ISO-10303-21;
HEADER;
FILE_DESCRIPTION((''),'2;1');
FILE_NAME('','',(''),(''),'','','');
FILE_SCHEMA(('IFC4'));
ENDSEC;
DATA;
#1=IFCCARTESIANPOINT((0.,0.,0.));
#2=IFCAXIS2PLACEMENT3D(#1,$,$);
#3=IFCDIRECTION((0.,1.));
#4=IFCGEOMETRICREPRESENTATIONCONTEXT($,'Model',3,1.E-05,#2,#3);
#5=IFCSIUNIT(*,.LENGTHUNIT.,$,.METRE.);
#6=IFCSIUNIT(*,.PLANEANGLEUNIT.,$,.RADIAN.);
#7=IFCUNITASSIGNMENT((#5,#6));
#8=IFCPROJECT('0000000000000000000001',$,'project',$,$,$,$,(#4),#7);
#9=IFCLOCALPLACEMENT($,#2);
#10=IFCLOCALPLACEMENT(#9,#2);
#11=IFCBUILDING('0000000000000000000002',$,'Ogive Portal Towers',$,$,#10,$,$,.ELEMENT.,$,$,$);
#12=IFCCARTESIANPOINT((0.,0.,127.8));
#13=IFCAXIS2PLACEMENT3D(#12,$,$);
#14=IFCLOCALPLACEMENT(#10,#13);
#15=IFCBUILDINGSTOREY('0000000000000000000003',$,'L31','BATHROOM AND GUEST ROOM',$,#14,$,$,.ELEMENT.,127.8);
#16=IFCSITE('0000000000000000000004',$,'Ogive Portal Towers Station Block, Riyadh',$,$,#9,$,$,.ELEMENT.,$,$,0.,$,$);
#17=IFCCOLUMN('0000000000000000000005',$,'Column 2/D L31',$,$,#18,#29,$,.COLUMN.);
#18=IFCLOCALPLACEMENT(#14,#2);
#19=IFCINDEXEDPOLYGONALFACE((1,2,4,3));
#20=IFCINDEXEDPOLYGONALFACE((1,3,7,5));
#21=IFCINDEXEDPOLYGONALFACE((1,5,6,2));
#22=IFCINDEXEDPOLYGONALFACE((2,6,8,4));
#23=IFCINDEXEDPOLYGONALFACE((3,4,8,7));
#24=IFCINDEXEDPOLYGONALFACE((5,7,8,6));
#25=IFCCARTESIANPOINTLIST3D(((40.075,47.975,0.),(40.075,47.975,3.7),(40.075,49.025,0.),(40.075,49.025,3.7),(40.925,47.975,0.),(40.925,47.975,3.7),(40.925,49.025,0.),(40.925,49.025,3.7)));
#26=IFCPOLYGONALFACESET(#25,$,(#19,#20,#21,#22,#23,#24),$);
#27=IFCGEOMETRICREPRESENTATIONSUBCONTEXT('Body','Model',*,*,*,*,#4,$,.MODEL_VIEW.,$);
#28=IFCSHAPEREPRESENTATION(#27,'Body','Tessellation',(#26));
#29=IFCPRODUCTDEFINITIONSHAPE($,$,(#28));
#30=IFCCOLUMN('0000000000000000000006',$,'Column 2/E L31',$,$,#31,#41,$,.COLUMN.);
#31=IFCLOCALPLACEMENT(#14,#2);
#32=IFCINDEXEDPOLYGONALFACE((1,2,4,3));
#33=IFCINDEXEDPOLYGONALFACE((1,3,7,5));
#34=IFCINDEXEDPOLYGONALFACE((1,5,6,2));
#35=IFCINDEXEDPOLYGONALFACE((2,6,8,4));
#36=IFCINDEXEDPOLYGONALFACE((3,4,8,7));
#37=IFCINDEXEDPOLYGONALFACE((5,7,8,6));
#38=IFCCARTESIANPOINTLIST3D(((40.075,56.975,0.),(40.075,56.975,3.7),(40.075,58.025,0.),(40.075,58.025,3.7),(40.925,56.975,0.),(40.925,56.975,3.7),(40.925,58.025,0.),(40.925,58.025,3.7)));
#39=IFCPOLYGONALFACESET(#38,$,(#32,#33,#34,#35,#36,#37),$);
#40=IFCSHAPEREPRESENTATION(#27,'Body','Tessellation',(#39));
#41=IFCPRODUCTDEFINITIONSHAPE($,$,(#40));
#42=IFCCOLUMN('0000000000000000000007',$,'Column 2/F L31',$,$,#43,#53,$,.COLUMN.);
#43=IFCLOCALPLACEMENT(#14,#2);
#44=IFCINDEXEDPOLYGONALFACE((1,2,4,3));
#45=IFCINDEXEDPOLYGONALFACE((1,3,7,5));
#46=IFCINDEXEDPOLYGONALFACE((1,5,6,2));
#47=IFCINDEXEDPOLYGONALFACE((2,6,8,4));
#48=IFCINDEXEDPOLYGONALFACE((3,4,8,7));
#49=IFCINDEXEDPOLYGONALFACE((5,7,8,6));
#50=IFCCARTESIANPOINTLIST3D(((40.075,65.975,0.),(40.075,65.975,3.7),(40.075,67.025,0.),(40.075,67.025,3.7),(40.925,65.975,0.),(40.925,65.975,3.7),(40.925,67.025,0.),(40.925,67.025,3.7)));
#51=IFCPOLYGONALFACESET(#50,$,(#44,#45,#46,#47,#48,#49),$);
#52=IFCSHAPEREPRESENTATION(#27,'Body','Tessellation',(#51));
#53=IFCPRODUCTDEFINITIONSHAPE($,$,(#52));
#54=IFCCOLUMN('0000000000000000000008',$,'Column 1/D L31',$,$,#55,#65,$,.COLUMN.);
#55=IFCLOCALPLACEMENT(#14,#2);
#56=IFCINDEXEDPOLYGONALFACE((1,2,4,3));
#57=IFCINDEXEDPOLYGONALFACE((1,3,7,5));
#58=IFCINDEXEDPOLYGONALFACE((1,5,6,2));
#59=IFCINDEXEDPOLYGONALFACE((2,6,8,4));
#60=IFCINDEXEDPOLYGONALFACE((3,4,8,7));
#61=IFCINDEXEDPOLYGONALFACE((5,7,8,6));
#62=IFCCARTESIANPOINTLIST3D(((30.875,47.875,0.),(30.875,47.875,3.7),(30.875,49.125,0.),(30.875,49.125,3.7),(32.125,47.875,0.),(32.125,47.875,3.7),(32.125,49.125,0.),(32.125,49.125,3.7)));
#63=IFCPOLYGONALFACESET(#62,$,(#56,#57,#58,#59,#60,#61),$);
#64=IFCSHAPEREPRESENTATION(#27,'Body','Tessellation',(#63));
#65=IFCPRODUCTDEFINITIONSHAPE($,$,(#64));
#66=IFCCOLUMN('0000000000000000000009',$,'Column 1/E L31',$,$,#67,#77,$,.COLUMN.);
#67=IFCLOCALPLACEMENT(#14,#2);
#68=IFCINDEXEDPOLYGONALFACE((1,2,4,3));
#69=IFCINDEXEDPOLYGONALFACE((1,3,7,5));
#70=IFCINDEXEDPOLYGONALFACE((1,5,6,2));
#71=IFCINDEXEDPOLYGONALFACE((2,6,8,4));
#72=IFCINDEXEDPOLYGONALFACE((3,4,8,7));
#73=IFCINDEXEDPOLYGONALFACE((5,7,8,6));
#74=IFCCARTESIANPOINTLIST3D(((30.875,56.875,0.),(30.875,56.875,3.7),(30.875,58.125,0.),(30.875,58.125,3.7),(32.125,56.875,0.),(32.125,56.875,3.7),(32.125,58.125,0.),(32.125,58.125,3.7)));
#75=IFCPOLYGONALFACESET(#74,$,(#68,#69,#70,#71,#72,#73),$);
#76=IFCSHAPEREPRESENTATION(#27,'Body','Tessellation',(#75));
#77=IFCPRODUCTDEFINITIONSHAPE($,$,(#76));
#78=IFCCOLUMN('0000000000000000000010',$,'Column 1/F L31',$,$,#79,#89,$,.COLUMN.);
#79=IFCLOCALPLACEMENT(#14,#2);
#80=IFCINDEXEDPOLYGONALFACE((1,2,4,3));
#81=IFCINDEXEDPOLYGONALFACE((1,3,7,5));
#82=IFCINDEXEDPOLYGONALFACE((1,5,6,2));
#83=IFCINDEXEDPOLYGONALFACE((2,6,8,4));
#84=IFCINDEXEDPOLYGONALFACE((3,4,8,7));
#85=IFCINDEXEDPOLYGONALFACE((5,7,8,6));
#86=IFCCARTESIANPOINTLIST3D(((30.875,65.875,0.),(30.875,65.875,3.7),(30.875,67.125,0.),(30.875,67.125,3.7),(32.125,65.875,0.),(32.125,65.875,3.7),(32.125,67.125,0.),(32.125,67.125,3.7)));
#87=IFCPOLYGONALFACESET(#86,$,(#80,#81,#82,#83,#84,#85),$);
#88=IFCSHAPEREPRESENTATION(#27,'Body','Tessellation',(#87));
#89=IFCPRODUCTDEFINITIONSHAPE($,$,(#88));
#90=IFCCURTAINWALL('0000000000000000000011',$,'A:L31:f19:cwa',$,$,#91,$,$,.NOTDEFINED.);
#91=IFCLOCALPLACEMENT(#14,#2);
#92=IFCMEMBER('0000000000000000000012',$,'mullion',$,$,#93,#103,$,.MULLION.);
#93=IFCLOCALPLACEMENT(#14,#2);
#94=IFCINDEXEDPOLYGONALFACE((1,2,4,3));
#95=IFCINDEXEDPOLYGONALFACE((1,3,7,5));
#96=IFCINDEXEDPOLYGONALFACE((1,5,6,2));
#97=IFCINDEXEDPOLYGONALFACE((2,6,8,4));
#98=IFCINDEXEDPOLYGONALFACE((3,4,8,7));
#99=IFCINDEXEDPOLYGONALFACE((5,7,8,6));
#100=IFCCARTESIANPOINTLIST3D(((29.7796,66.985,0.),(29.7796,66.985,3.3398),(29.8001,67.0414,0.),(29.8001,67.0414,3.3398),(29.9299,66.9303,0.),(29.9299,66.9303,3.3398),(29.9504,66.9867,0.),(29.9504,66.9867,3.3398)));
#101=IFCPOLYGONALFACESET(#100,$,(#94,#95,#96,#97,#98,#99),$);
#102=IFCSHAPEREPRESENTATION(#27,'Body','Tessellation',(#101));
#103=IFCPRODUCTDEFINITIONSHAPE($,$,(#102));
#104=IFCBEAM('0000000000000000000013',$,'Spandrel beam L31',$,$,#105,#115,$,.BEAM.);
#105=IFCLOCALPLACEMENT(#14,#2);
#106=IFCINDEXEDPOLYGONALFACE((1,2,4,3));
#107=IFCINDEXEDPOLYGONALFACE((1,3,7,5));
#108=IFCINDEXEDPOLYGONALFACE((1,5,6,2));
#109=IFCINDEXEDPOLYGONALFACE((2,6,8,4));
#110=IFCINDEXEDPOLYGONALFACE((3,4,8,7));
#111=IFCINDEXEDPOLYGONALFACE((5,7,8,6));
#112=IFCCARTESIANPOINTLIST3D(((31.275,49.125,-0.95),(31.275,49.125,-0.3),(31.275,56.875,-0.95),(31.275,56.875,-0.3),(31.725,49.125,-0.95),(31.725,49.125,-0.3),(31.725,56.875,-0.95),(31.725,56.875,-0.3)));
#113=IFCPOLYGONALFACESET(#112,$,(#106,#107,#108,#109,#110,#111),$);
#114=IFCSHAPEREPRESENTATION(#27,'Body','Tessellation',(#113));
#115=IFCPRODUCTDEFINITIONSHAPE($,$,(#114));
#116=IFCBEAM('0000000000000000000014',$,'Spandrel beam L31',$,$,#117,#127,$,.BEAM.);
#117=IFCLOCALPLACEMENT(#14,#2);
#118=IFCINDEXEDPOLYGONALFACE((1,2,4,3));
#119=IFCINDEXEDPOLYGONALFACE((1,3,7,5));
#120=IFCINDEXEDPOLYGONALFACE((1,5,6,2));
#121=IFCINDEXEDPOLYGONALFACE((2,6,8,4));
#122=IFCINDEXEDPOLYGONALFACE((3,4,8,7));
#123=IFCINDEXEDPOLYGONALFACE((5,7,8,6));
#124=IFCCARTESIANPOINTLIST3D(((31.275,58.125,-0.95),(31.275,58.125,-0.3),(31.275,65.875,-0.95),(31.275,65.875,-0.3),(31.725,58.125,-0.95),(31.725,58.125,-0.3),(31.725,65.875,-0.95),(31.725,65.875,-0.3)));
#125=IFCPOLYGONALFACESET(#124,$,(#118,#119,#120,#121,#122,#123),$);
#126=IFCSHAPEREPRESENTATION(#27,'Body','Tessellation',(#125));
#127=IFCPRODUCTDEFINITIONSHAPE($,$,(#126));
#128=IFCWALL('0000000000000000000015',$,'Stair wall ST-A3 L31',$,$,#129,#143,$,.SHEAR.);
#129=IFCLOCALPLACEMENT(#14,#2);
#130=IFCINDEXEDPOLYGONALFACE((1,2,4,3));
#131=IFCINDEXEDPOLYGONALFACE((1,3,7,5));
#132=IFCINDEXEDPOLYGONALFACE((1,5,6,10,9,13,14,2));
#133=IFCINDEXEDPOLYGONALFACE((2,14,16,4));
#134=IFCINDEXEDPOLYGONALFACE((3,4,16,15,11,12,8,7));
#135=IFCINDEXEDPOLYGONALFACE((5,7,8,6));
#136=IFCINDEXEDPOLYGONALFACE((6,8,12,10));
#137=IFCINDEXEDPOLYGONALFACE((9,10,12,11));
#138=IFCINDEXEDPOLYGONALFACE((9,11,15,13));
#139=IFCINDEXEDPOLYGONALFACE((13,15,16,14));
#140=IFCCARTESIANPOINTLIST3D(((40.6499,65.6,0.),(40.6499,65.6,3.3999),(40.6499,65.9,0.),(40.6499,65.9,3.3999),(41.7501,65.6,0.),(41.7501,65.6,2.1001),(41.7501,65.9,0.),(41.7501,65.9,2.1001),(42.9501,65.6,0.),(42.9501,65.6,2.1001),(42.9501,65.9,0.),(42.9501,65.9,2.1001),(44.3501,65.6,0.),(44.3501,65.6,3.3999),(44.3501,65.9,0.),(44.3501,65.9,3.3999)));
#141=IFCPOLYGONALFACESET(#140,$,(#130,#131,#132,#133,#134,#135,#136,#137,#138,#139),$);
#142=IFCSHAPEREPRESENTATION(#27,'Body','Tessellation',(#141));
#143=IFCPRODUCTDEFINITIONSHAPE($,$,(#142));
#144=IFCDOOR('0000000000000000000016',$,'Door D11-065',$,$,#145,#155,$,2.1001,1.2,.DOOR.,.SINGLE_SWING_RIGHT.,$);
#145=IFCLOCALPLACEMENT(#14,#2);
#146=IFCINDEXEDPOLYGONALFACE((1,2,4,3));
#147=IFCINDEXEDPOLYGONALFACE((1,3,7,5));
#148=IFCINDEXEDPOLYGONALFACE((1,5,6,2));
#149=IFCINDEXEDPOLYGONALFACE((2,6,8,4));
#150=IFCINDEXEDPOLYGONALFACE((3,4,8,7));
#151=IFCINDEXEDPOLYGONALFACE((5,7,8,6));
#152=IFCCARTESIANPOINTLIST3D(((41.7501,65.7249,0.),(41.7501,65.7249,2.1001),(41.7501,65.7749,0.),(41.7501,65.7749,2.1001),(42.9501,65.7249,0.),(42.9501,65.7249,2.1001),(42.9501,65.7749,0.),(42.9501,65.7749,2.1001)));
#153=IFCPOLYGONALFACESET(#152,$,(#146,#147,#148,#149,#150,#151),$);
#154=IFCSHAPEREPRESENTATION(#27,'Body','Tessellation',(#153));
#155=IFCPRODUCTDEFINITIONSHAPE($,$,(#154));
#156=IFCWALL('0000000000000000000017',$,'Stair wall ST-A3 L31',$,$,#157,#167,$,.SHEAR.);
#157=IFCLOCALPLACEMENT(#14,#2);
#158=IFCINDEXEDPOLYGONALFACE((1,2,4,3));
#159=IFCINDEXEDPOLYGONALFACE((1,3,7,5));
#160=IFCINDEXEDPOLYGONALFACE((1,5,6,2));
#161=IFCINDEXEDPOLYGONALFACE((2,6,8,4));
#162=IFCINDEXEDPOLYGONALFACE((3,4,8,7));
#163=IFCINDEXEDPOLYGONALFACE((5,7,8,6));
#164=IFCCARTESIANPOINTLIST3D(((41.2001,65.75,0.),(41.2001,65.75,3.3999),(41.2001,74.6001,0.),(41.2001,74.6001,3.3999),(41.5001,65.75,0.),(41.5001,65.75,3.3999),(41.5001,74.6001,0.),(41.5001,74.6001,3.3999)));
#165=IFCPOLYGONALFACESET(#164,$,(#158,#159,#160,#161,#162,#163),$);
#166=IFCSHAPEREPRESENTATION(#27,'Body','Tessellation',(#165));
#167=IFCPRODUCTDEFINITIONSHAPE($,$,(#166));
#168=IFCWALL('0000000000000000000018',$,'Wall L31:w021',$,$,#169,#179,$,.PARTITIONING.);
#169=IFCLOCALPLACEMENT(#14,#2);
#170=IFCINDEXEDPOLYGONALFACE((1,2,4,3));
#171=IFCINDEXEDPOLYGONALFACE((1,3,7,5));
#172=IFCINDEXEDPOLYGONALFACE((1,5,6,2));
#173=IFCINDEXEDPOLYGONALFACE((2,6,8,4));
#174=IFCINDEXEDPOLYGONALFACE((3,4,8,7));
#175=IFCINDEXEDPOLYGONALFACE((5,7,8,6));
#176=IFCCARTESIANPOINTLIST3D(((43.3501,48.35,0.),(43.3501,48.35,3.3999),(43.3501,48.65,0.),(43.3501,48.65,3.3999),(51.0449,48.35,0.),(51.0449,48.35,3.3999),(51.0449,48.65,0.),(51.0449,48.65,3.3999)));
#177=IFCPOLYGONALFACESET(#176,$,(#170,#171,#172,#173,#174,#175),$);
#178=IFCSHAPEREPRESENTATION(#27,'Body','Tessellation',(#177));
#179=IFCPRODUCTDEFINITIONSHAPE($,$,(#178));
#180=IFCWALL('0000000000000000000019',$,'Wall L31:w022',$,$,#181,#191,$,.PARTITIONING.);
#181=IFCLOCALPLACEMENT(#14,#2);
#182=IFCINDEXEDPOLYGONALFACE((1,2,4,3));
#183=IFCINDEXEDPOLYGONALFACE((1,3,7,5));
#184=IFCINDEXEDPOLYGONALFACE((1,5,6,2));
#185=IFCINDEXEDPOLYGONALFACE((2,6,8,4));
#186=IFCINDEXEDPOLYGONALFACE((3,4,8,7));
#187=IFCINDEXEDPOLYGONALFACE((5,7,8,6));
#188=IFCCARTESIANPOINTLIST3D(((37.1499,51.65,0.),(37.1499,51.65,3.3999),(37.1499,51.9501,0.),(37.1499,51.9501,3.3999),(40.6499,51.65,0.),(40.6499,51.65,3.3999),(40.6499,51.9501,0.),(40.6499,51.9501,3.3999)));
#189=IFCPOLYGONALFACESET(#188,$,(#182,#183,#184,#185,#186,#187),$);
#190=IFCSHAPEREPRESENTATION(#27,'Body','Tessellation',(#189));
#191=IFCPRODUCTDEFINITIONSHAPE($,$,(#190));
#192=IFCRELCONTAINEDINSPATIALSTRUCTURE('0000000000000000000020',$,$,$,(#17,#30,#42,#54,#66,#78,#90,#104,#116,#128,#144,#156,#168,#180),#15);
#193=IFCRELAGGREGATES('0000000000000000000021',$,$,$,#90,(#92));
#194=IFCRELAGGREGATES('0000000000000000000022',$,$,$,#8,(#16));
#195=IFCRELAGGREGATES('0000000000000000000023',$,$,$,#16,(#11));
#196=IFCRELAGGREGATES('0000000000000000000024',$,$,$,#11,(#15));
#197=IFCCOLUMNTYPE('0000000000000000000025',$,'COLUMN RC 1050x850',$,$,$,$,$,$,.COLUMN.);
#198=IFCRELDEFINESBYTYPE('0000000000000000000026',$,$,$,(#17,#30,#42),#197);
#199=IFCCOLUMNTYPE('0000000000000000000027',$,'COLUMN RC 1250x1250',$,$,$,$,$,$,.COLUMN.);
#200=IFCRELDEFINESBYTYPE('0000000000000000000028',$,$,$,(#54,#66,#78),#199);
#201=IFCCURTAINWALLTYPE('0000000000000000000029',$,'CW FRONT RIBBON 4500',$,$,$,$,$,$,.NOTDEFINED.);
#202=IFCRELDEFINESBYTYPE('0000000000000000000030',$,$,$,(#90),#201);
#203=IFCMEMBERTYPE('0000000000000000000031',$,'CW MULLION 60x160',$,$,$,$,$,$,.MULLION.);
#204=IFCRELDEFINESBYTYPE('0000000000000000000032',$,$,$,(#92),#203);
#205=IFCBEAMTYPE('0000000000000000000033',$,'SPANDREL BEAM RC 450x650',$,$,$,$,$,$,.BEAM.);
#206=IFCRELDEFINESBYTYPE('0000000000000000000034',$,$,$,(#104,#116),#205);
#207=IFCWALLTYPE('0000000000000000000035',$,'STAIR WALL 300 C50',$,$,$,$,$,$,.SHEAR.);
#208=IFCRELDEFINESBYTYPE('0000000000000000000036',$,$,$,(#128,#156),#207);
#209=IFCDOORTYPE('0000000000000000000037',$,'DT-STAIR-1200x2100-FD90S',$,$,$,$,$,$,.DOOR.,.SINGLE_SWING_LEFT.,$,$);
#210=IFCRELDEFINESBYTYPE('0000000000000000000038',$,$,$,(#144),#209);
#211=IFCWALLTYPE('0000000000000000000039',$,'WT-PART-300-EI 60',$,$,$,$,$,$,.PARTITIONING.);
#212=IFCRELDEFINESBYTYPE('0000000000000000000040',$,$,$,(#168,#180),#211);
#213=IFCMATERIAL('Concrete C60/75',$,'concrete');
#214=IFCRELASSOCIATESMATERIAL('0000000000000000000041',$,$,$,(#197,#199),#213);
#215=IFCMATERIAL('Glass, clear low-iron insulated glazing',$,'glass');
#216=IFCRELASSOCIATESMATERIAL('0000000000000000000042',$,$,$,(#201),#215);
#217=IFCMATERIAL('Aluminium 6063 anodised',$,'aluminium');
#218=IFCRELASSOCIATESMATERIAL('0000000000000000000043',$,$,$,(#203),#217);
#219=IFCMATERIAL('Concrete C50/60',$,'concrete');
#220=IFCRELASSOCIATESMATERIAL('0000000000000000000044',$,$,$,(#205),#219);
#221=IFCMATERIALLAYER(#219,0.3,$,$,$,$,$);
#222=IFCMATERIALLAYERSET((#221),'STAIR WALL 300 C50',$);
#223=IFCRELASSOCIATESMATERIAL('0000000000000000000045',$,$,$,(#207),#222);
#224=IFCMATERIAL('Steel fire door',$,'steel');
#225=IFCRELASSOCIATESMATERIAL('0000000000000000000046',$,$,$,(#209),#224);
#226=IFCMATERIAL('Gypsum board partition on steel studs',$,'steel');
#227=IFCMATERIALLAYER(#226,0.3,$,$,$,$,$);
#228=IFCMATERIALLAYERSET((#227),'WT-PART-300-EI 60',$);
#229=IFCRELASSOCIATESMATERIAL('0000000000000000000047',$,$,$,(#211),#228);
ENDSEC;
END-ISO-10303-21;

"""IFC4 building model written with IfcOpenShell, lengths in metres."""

from ifc_helpers import new_model, si_unit, direction, frame, frame_2d, origin, origin_2d, place, context, subcontext, project, spatial, rectangle, extrude, material, layer, layer_set, material_profile, profile_set, type_object, element, fill, aggregate, save


model = new_model("IFC4")

# Units and contexts
model_context = context("Model", 3, precision=1e-05, world=origin(), true_north=direction((0.0, 1.0)))
body_context = subcontext(model_context, "Body", "Model", "MODEL_VIEW")
ifc_project = project(units=[si_unit("LENGTHUNIT", "METRE"), si_unit("PLANEANGLEUNIT", "RADIAN")], contexts=[model_context])

# Site, building, storey
site_placement = place(None, origin())
site = spatial("IfcSite", under=ifc_project, at=site_placement, Name="Ogive Portal Towers Station Block, Riyadh", CompositionType="ELEMENT", RefElevation=0.0)
building_placement = place(site_placement, origin())
building = spatial("IfcBuilding", under=site, at=building_placement, Name="Ogive Portal Towers", CompositionType="ELEMENT")
storey_placement = place(building_placement, frame((0.0, 0.0, 127.8)))
storey = spatial("IfcBuildingStorey", under=building, at=storey_placement, Name="L31", Description="BATHROOM AND GUEST ROOM", CompositionType="ELEMENT", Elevation=127.8)

# Columns
ifc_material_1 = material(Name="Concrete C60/75", Category="concrete")
ifc_material_profile_1 = material_profile(ifc_material_1, rectangle(XDim=1.05, YDim=0.8501, at=origin_2d()), Name="RC 1050x850")
ifc_profile_set_1 = profile_set([ifc_material_profile_1], Name="Concrete C60/75")
column_type_1 = type_object("IfcColumnType", Name="COLUMN RC 1050x850", PredefinedType="COLUMN", material=ifc_profile_set_1)
for number, where, z_axis, x_axis, name in (
    (1, (40.5, 48.5, 0.0), (0.0, 0.0, 1.0), (0.0, 1.0, 0.0), "Column 2/D L31"),
    (2, (40.5, 57.5, 0.0), (0.0, 0.0, 1.0), (0.0, 1.0, 0.0), "Column 2/E L31"),
    (3, (40.5, 66.5, 0.0), (0.0, 0.0, 1.0), (0.0, 1.0, 0.0), "Column 2/F L31"),
):
    element("IfcColumn", number, at=place(storey_placement, frame(where, z_axis=z_axis, x_axis=x_axis)), inside=storey, type_object=column_type_1, Name=name, PredefinedType="COLUMN", context=body_context, shape_type="SweptSolid", body=[
        extrude(rectangle(XDim=1.05, YDim=0.8501, at=origin_2d()), origin(), (0.0, 0.0, 1.0), 3.7),
    ])
ifc_material_profile_2 = material_profile(ifc_material_1, rectangle(XDim=1.25, YDim=1.25, at=origin_2d()), Name="RC 1250x1250")
ifc_profile_set_2 = profile_set([ifc_material_profile_2], Name="Concrete C60/75")
column_type_2 = type_object("IfcColumnType", Name="COLUMN RC 1250x1250", PredefinedType="COLUMN", material=ifc_profile_set_2)
for number, where, z_axis, x_axis, name in (
    (4, (31.5, 48.5, 0.0), (0.0, 0.0, 1.0), (1.0, 0.0, 0.0), "Column 1/D L31"),
    (5, (31.5, 57.5, 0.0), (0.0, 0.0, 1.0), (1.0, 0.0, 0.0), "Column 1/E L31"),
    (6, (31.5, 66.5, 0.0), (0.0, 0.0, 1.0), (1.0, 0.0, 0.0), "Column 1/F L31"),
):
    element("IfcColumn", number, at=place(storey_placement, frame(where, z_axis=z_axis, x_axis=x_axis)), inside=storey, type_object=column_type_2, Name=name, PredefinedType="COLUMN", context=body_context, shape_type="SweptSolid", body=[
        extrude(rectangle(XDim=1.25, YDim=1.25, at=origin_2d()), origin(), (0.0, 0.0, 1.0), 3.7),
    ])

# Curtain wall, member
ifc_material_2 = material(Name="Glass, clear low-iron insulated glazing", Category="glass")
curtain_wall_type = type_object("IfcCurtainWallType", Name="CW FRONT RIBBON 4500", PredefinedType="NOTDEFINED", material=ifc_material_2)
curtain_wall_placement = place(storey_placement, origin())
curtain_wall = element("IfcCurtainWall", 7, at=curtain_wall_placement, inside=storey, type_object=curtain_wall_type, Name="A:L31:f19:cwa", PredefinedType="NOTDEFINED")
ifc_material_3 = material(Name="Aluminium 6063 anodised", Category="aluminium")
ifc_material_profile_3 = material_profile(ifc_material_3, rectangle(XDim=0.1599, YDim=0.0601, at=origin_2d()), Name="AL 60x160")
ifc_profile_set_3 = profile_set([ifc_material_profile_3], Name="Aluminium 6063 anodised")
member_type = type_object("IfcMemberType", Name="CW MULLION 60x160", PredefinedType="MULLION", material=ifc_profile_set_3)
member_placement = place(storey_placement, frame((29.865, 66.9858, 0.0), z_axis=(0.0, 0.0, 1.0), x_axis=(0.939693, -0.34202, 0.0)))
member = element("IfcMember", 8, at=member_placement, type_object=member_type, Name="mullion", PredefinedType="MULLION", context=body_context, shape_type="SweptSolid", body=[
    extrude(rectangle(XDim=0.1599, YDim=0.0601, at=origin_2d()), origin(), (0.0, 0.0, 1.0), 3.3398),
])
aggregate(curtain_wall, [member])

# Beams
ifc_material_4 = material(Name="Concrete C50/60", Category="concrete")
ifc_material_profile_4 = material_profile(ifc_material_4, rectangle(XDim=0.45, YDim=0.6499, at=origin_2d()), Name="RC 450x650")
ifc_profile_set_4 = profile_set([ifc_material_profile_4], Name="Concrete C50/60")
beam_type = type_object("IfcBeamType", Name="SPANDREL BEAM RC 450x650", PredefinedType="BEAM", material=ifc_profile_set_4)
for number, where, z_axis, x_axis, name in (
    (9, (31.5, 49.125, -0.625), (0.0, 1.0, 0.0), (-1.0, 0.0, 0.0), "Spandrel beam L31"),
    (10, (31.5, 58.125, -0.625), (0.0, 1.0, 0.0), (-1.0, 0.0, 0.0), "Spandrel beam L31"),
):
    element("IfcBeam", number, at=place(storey_placement, frame(where, z_axis=z_axis, x_axis=x_axis)), inside=storey, type_object=beam_type, Name=name, PredefinedType="BEAM", context=body_context, shape_type="SweptSolid", body=[
        extrude(rectangle(XDim=0.45, YDim=0.6499, at=origin_2d()), origin(), (0.0, 0.0, 1.0), 7.75),
    ])

# Wall, opening, door
ifc_layer_1 = layer(ifc_material_4, 0.3)
ifc_layer_set_1 = layer_set([ifc_layer_1], Name="STAIR WALL 300 C50")
wall_type_1 = type_object("IfcWallType", Name="STAIR WALL 300 C50", PredefinedType="SHEAR", material=ifc_layer_set_1)
wall_1_placement = place(storey_placement, frame((40.6499, 65.75, 0.0), z_axis=(0.0, 0.0, 1.0), x_axis=(1.0, 0.0, 0.0)))
wall_1 = element("IfcWall", 11, at=wall_1_placement, inside=storey, type_object=wall_type_1, Name="Stair wall ST-A3 L31", PredefinedType="SHEAR", context=body_context, shape_type="SweptSolid", body=[
    extrude(rectangle(XDim=3.7002, YDim=0.3, at=frame_2d((1.8501, 0.0))), origin(), (0.0, 0.0, 1.0), 3.3999),
])
opening_1_placement = place(wall_1_placement, frame((1.1001, 0.0, 0.0)))
opening_1 = element("IfcOpeningElement", 12, at=opening_1_placement, cuts=wall_1, PredefinedType="OPENING", context=body_context, shape_type="SweptSolid", body=[
    extrude(rectangle(XDim=1.2, YDim=2.1001, at=frame_2d((0.6001, 1.05))), frame((0.0, 0.1602, 0.0), z_axis=(0.0, -1.0, 0.0), x_axis=(1.0, 0.0, 0.0)), (0.0, 0.0, 1.0), 0.3201),
])
ifc_material_5 = material(Name="Steel fire door", Category="steel")
door_type_1 = type_object("IfcDoorType", Name="DT-STAIR-1200x2100-FD90S", OperationType="SINGLE_SWING_LEFT", PredefinedType="DOOR", material=ifc_material_5)
door_1_placement = place(opening_1_placement, origin())
door_1 = element("IfcDoor", 13, at=door_1_placement, inside=storey, type_object=door_type_1, Name="Door D11-065", OperationType="SINGLE_SWING_RIGHT", OverallHeight=2.1001, OverallWidth=1.2, PredefinedType="DOOR", context=body_context, shape_type="SweptSolid", body=[
    extrude(rectangle(XDim=1.2, YDim=2.1001, at=frame_2d((0.6001, 1.05))), frame((0.0, 0.0249, 0.0), z_axis=(0.0, -1.0, 0.0), x_axis=(1.0, 0.0, 0.0)), (0.0, 0.0, 1.0), 0.05),
])
fill(opening_1, door_1)

# Walls
wall_2_placement = place(storey_placement, frame((41.3501, 65.75, 0.0), z_axis=(0.0, 0.0, 1.0), x_axis=(0.0, 1.0, 0.0)))
element("IfcWall", 14, at=wall_2_placement, inside=storey, type_object=wall_type_1, Name="Stair wall ST-A3 L31", PredefinedType="SHEAR", context=body_context, shape_type="SweptSolid", body=[
    extrude(rectangle(XDim=8.8501, YDim=0.3, at=frame_2d((4.425, 0.0))), origin(), (0.0, 0.0, 1.0), 3.3999),
])
ifc_material_6 = material(Name="Gypsum board partition on steel studs", Category="steel")
ifc_layer_2 = layer(ifc_material_6, 0.3)
ifc_layer_set_2 = layer_set([ifc_layer_2], Name="WT-PART-300-EI 60")
wall_type_2 = type_object("IfcWallType", Name="WT-PART-300-EI 60", PredefinedType="PARTITIONING", material=ifc_layer_set_2)
wall_3_placement = place(storey_placement, frame((43.3501, 48.5, 0.0), z_axis=(0.0, 0.0, 1.0), x_axis=(1.0, 0.0, 0.0)))
element("IfcWall", 15, at=wall_3_placement, inside=storey, type_object=wall_type_2, Name="Wall L31:w021", PredefinedType="PARTITIONING", context=body_context, shape_type="SweptSolid", body=[
    extrude(rectangle(XDim=7.6948, YDim=0.3, at=frame_2d((3.8474, 0.0))), origin(), (0.0, 0.0, 1.0), 3.3999),
])
wall_4_placement = place(storey_placement, frame((37.1499, 51.8, 0.0), z_axis=(0.0, 0.0, 1.0), x_axis=(1.0, 0.0, 0.0)))
element("IfcWall", 16, at=wall_4_placement, inside=storey, type_object=wall_type_2, Name="Wall L31:w022", PredefinedType="PARTITIONING", context=body_context, shape_type="SweptSolid", body=[
    extrude(rectangle(XDim=3.5, YDim=0.3, at=frame_2d((1.75, 0.0))), origin(), (0.0, 0.0, 1.0), 3.3999),
])

save(model, "model.ifc")
